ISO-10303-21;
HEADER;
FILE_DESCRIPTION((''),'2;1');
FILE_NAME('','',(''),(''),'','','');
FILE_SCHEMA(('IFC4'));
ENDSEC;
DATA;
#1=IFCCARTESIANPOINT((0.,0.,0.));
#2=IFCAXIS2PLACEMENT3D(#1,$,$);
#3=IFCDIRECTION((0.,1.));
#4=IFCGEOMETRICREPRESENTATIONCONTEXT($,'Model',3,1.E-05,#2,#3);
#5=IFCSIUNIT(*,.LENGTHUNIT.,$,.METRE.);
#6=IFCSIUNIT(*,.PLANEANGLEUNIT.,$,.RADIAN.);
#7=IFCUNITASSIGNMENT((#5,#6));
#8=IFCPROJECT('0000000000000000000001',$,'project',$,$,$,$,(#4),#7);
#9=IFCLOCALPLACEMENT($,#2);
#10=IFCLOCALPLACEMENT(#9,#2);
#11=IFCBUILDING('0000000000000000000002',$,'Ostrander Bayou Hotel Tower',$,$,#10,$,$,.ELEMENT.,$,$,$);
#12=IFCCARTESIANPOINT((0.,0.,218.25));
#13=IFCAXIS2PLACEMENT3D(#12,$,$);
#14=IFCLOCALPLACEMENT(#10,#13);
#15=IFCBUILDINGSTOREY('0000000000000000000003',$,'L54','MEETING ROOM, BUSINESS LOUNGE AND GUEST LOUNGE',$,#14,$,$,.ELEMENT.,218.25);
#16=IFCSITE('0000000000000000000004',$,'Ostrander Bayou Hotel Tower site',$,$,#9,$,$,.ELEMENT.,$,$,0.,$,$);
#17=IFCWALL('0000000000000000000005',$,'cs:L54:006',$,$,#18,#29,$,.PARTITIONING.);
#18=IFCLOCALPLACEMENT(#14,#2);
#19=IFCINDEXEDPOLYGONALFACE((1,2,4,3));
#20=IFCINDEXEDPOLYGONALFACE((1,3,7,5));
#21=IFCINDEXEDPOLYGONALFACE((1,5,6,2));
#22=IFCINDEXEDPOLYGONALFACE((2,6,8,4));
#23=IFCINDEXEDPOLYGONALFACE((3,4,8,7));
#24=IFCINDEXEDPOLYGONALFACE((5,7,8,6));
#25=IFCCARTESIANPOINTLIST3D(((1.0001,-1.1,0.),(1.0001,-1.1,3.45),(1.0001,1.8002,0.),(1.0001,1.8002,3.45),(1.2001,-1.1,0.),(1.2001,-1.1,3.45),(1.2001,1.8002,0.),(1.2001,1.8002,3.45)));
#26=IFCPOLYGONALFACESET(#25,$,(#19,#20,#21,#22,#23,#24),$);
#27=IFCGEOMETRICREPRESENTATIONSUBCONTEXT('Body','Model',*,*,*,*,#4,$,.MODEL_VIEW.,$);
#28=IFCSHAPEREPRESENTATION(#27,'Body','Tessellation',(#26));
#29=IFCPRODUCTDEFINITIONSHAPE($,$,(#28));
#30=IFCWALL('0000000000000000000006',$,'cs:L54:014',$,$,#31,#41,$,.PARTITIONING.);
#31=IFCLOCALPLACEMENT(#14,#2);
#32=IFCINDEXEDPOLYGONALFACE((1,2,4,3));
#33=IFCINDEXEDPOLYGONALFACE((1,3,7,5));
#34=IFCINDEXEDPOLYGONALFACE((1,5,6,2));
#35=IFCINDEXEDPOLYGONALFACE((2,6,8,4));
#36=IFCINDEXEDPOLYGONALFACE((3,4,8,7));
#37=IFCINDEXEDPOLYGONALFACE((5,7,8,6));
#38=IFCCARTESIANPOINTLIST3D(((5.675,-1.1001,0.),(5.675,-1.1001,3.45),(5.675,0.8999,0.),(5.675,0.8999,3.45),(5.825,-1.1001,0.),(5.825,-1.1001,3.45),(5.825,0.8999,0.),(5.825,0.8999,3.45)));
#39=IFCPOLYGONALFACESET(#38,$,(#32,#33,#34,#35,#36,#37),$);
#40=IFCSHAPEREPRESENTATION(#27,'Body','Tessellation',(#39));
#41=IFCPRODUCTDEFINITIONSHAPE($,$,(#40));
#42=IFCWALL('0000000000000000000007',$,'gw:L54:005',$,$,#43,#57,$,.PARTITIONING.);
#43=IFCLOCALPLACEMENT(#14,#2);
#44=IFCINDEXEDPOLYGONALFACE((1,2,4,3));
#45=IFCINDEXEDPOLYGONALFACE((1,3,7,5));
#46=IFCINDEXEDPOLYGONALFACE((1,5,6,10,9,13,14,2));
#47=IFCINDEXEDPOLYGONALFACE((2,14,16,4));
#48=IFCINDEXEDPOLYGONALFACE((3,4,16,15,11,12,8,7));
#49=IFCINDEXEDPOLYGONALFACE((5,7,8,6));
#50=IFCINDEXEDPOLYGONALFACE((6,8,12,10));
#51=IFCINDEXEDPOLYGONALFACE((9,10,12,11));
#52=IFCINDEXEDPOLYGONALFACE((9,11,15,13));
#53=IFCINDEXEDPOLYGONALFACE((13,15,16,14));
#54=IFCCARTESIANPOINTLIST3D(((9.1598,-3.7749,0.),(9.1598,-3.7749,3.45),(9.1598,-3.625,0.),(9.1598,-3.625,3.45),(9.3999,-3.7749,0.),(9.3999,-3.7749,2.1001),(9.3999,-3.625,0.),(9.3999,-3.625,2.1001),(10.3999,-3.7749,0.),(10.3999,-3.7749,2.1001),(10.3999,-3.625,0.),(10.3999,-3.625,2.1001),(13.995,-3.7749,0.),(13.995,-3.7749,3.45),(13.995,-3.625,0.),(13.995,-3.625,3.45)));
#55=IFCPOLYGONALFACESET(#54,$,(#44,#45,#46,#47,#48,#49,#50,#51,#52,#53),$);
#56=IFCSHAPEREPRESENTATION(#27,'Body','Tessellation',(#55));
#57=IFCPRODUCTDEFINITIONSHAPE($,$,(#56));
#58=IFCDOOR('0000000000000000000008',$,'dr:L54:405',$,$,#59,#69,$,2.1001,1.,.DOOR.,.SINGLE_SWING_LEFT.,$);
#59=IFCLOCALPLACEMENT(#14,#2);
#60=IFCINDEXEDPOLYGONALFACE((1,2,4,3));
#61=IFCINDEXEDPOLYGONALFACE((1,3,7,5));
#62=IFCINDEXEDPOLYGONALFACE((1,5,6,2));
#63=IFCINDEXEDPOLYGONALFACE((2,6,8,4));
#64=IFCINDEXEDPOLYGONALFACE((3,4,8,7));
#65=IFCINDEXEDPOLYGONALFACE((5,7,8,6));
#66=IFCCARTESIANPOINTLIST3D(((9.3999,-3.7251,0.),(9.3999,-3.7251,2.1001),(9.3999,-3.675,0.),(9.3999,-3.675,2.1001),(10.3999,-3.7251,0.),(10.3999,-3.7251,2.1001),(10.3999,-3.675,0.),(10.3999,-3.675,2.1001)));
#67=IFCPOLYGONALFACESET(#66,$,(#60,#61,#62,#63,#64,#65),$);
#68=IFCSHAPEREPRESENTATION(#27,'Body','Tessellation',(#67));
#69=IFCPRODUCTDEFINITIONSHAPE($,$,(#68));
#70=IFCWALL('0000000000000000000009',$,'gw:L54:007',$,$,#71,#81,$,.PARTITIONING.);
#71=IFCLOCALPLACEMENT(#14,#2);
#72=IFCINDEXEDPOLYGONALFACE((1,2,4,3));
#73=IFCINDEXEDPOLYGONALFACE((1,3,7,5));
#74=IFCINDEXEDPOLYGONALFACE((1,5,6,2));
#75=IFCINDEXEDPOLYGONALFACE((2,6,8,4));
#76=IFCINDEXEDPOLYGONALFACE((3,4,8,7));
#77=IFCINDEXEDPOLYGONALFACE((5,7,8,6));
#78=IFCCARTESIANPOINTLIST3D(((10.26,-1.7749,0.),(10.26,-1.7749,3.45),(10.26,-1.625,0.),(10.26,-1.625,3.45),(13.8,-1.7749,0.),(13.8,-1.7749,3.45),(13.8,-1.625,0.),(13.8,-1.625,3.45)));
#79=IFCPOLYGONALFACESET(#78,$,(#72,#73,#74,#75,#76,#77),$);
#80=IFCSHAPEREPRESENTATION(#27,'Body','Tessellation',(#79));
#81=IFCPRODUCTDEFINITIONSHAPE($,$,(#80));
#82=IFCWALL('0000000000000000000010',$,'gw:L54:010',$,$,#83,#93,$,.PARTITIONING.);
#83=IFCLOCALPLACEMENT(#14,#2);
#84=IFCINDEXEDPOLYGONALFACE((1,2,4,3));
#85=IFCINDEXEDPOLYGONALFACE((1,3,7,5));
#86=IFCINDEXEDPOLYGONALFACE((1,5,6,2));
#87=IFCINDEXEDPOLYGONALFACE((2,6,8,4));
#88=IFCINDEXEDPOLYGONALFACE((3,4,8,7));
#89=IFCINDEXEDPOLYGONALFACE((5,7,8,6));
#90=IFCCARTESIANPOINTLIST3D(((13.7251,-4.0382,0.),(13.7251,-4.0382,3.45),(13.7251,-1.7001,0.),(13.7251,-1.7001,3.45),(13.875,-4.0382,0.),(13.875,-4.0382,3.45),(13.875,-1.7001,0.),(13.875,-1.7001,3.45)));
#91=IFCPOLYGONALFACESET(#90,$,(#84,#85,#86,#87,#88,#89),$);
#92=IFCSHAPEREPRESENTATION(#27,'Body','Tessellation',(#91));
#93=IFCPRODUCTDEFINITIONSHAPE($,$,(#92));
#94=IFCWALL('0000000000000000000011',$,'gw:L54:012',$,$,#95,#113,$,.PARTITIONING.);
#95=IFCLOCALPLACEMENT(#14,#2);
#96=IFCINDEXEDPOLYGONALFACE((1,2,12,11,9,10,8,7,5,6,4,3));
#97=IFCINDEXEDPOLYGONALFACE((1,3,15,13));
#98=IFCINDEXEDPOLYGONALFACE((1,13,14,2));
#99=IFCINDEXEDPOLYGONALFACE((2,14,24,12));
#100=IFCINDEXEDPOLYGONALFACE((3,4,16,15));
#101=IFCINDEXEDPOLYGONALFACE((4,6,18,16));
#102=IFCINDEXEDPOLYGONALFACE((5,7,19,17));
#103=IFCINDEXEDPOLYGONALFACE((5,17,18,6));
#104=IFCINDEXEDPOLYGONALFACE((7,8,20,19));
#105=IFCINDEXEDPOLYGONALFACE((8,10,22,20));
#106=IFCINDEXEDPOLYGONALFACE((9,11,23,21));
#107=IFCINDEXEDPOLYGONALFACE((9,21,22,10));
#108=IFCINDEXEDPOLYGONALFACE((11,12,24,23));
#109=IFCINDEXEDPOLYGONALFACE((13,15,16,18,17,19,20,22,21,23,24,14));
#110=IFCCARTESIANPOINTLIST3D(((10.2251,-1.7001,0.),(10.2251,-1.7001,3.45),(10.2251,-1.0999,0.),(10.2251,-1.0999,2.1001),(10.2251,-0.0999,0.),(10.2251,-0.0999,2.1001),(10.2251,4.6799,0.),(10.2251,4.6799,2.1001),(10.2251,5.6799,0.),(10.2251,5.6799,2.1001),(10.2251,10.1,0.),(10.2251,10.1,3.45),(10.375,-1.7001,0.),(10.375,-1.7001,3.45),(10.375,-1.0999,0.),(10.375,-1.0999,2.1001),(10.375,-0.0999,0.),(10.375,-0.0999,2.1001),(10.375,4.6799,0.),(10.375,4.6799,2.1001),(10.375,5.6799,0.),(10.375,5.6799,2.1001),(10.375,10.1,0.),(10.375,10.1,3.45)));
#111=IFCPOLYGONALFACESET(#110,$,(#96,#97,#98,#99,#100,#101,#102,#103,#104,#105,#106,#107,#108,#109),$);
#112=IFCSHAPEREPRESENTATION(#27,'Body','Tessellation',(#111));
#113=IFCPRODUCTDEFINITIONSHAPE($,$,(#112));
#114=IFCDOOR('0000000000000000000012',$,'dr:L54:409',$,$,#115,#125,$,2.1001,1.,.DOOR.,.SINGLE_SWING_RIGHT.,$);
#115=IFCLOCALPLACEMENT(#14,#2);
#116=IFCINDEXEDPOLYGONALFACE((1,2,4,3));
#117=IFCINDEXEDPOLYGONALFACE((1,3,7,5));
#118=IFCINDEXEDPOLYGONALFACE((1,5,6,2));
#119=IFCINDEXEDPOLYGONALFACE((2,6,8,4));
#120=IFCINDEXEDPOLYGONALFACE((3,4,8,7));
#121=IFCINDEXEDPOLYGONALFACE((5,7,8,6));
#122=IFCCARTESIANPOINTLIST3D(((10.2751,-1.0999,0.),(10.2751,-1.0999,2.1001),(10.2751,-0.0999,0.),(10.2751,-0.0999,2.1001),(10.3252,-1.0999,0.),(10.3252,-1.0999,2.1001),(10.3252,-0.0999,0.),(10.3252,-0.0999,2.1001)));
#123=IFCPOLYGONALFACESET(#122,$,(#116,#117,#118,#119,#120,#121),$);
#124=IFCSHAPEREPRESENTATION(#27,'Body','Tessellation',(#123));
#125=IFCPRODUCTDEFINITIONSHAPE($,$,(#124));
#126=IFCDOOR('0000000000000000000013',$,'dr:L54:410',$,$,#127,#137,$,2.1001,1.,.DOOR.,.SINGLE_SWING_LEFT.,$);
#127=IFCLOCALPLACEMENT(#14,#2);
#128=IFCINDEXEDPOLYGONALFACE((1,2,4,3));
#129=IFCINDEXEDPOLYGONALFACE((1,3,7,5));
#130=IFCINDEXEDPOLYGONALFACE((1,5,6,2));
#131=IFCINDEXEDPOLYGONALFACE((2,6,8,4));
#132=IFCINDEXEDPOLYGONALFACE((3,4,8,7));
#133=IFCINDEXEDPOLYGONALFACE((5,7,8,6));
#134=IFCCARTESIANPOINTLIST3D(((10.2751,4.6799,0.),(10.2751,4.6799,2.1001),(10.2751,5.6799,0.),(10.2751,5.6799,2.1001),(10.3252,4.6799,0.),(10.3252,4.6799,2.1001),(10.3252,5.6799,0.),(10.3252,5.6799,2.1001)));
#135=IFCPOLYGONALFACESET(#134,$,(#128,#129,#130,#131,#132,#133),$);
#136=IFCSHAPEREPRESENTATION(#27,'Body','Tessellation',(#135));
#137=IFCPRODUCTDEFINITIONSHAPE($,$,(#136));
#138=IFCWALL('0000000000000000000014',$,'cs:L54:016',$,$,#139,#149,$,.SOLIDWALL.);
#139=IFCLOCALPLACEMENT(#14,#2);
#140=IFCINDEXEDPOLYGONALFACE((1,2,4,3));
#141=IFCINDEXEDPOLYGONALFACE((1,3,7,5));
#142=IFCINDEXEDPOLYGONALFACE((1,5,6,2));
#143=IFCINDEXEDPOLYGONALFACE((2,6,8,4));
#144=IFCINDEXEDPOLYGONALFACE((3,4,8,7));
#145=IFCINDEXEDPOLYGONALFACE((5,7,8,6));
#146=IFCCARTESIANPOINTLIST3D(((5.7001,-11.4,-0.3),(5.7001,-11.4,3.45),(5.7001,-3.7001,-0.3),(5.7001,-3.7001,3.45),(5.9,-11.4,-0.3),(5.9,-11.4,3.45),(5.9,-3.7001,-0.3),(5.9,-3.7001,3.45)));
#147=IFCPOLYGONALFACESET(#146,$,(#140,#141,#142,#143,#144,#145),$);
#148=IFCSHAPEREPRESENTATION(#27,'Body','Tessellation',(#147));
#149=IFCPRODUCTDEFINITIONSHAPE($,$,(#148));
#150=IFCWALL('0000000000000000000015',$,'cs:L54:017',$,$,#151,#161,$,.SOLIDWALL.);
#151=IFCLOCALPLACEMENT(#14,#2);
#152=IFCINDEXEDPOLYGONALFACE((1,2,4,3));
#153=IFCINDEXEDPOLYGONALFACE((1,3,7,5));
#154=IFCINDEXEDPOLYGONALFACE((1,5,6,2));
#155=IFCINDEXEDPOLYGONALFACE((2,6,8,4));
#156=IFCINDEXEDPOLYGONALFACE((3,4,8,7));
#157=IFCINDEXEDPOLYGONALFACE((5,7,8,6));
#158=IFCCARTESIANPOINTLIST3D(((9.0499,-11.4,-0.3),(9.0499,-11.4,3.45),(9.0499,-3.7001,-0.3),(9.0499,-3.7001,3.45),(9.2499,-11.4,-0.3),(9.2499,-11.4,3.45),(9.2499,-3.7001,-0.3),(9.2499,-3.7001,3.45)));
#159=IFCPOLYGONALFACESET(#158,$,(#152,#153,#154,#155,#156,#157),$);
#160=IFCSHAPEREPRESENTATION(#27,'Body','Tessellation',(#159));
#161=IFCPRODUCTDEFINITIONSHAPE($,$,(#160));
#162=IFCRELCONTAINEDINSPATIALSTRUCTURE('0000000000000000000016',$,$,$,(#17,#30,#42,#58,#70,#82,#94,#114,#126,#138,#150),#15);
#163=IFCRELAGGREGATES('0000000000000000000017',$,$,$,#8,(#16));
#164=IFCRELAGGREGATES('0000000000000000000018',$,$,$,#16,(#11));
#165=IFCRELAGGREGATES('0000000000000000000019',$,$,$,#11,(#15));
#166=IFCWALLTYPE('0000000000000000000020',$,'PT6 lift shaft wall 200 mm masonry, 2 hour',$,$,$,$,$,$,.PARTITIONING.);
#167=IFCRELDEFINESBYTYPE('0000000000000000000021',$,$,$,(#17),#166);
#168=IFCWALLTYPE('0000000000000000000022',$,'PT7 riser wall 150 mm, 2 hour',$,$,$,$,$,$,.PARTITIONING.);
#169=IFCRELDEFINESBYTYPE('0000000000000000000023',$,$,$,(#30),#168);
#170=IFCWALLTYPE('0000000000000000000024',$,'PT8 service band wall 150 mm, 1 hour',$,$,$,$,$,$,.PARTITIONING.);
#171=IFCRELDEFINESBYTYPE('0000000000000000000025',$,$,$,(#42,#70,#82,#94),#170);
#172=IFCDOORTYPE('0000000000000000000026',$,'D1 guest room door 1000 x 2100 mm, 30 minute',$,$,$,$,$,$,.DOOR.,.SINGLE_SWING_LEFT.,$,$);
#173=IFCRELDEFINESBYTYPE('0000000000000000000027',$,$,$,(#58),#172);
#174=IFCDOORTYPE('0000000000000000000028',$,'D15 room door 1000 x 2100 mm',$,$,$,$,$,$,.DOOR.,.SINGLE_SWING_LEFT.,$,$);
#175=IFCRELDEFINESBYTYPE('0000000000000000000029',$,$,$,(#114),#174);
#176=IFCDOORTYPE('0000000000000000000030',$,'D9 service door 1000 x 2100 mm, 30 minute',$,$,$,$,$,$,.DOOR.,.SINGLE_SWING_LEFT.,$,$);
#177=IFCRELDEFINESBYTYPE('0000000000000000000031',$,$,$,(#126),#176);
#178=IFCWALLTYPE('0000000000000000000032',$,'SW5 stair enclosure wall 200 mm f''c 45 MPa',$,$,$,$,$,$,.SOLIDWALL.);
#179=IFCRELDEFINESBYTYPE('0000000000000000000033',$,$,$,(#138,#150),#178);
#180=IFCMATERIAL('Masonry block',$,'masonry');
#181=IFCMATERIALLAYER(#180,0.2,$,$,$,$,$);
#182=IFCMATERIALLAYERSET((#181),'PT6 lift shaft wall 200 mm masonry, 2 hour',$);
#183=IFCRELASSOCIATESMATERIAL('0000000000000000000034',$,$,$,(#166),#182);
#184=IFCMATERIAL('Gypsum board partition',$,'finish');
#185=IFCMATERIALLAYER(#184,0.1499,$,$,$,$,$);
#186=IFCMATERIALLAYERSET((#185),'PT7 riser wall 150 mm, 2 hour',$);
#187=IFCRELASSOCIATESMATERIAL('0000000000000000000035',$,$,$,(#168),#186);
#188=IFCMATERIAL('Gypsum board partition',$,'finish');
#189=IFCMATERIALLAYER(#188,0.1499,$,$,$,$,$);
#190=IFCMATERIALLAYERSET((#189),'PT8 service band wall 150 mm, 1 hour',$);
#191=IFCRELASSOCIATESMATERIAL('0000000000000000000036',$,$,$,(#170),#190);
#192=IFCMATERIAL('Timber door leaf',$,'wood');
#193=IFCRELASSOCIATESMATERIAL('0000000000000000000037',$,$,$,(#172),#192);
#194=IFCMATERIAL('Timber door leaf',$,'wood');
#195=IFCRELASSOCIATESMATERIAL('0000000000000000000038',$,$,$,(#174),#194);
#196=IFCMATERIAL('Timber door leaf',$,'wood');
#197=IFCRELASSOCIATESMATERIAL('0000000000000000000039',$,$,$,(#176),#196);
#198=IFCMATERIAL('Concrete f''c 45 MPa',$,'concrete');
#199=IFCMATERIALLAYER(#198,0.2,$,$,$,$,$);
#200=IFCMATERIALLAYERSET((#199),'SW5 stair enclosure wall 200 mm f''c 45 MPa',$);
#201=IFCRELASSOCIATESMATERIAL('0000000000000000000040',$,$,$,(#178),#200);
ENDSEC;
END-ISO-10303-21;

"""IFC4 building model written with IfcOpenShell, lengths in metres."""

from ifc_helpers import new_model, si_unit, direction, frame, frame_2d, origin, place, context, subcontext, project, spatial, rectangle, extrude, material, layer, layer_set, type_object, element, fill, save


model = new_model("IFC4")

# Units and contexts
model_context = context("Model", 3, precision=1e-05, world=origin(), true_north=direction((0.0, 1.0)))
body_context = subcontext(model_context, "Body", "Model", "MODEL_VIEW")
ifc_project = project(units=[si_unit("LENGTHUNIT", "METRE"), si_unit("PLANEANGLEUNIT", "RADIAN")], contexts=[model_context])

# Site, building, storey
site_placement = place(None, origin())
site = spatial("IfcSite", under=ifc_project, at=site_placement, Name="Ostrander Bayou Hotel Tower site", CompositionType="ELEMENT", RefElevation=0.0)
building_placement = place(site_placement, origin())
building = spatial("IfcBuilding", under=site, at=building_placement, Name="Ostrander Bayou Hotel Tower", CompositionType="ELEMENT")
storey_placement = place(building_placement, frame((0.0, 0.0, 218.25)))
storey = spatial("IfcBuildingStorey", under=building, at=storey_placement, Name="L54", Description="MEETING ROOM, BUSINESS LOUNGE AND GUEST LOUNGE", CompositionType="ELEMENT", Elevation=218.25)

# Walls
ifc_material_1 = material(Name="Masonry block", Category="masonry")
ifc_layer_1 = layer(ifc_material_1, 0.2)
ifc_layer_set_1 = layer_set([ifc_layer_1], Name="PT6 lift shaft wall 200 mm masonry, 2 hour")
wall_type_1 = type_object("IfcWallType", Name="PT6 lift shaft wall 200 mm masonry, 2 hour", PredefinedType="PARTITIONING", material=ifc_layer_set_1)
wall_1_placement = place(storey_placement, frame((1.1001, -1.1001, 0.0), z_axis=(0.0, 0.0, 1.0), x_axis=(0.0, 1.0, 0.0)))
element("IfcWall", 1, at=wall_1_placement, inside=storey, type_object=wall_type_1, Name="cs:L54:006", PredefinedType="PARTITIONING", context=body_context, shape_type="SweptSolid", body=[
    extrude(rectangle(XDim=2.9001, YDim=0.2, at=frame_2d((1.4502, 0.0))), origin(), (0.0, 0.0, 1.0), 3.45),
])
ifc_material_2 = material(Name="Gypsum board partition", Category="finish")
ifc_layer_2 = layer(ifc_material_2, 0.1499)
ifc_layer_set_2 = layer_set([ifc_layer_2], Name="PT7 riser wall 150 mm, 2 hour")
wall_type_2 = type_object("IfcWallType", Name="PT7 riser wall 150 mm, 2 hour", PredefinedType="PARTITIONING", material=ifc_layer_set_2)
wall_2_placement = place(storey_placement, frame((5.75, -1.1001, 0.0), z_axis=(0.0, 0.0, 1.0), x_axis=(0.0, 1.0, 0.0)))
element("IfcWall", 2, at=wall_2_placement, inside=storey, type_object=wall_type_2, Name="cs:L54:014", PredefinedType="PARTITIONING", context=body_context, shape_type="SweptSolid", body=[
    extrude(rectangle(XDim=2.0, YDim=0.1499, at=frame_2d((1.0, 0.0))), origin(), (0.0, 0.0, 1.0), 3.45),
])

# Wall, opening, door
ifc_material_3 = material(Name="Gypsum board partition", Category="finish")
ifc_layer_3 = layer(ifc_material_3, 0.1499)
ifc_layer_set_3 = layer_set([ifc_layer_3], Name="PT8 service band wall 150 mm, 1 hour")
wall_type_3 = type_object("IfcWallType", Name="PT8 service band wall 150 mm, 1 hour", PredefinedType="PARTITIONING", material=ifc_layer_set_3)
wall_3_placement = place(storey_placement, frame((9.1599, -3.7, 0.0), z_axis=(0.0, 0.0, 1.0), x_axis=(1.0, 0.0, 0.0)))
wall_3 = element("IfcWall", 3, at=wall_3_placement, inside=storey, type_object=wall_type_3, Name="gw:L54:005", PredefinedType="PARTITIONING", context=body_context, shape_type="SweptSolid", body=[
    extrude(rectangle(XDim=4.8352, YDim=0.1499, at=frame_2d((2.4175, 0.0))), origin(), (0.0, 0.0, 1.0), 3.45),
])
opening_1_placement = place(wall_3_placement, frame((0.24, 0.0, 0.0)))
opening_1 = element("IfcOpeningElement", 4, at=opening_1_placement, cuts=wall_3, PredefinedType="OPENING", context=body_context, shape_type="SweptSolid", body=[
    extrude(rectangle(XDim=1.0, YDim=2.1001, at=frame_2d((0.5, 1.05))), frame((0.0, 0.075, 0.0), z_axis=(0.0, -1.0, 0.0), x_axis=(1.0, 0.0, 0.0)), (0.0, 0.0, 1.0), 0.1499),
])
ifc_material_4 = material(Name="Timber door leaf", Category="wood")
door_type_1 = type_object("IfcDoorType", Name="D1 guest room door 1000 x 2100 mm, 30 minute", OperationType="SINGLE_SWING_LEFT", PredefinedType="DOOR", material=ifc_material_4)
door_1_placement = place(opening_1_placement, origin())
door_1 = element("IfcDoor", 5, at=door_1_placement, inside=storey, type_object=door_type_1, Name="dr:L54:405", OperationType="SINGLE_SWING_LEFT", OverallHeight=2.1001, OverallWidth=1.0, PredefinedType="DOOR", context=body_context, shape_type="SweptSolid", body=[
    extrude(rectangle(XDim=1.0, YDim=2.1001, at=frame_2d((0.5, 1.05))), frame((0.0, 0.0249, 0.0), z_axis=(0.0, -1.0, 0.0), x_axis=(1.0, 0.0, 0.0)), (0.0, 0.0, 1.0), 0.05),
])
fill(opening_1, door_1)

# Walls
wall_4_placement = place(storey_placement, frame((10.26, -1.7, 0.0), z_axis=(0.0, 0.0, 1.0), x_axis=(1.0, 0.0, 0.0)))
element("IfcWall", 6, at=wall_4_placement, inside=storey, type_object=wall_type_3, Name="gw:L54:007", PredefinedType="PARTITIONING", context=body_context, shape_type="SweptSolid", body=[
    extrude(rectangle(XDim=3.54, YDim=0.1499, at=frame_2d((1.77, 0.0))), origin(), (0.0, 0.0, 1.0), 3.45),
])
wall_5_placement = place(storey_placement, frame((13.8, -4.0381, 0.0), z_axis=(0.0, 0.0, 1.0), x_axis=(0.0, 1.0, 0.0)))
element("IfcWall", 7, at=wall_5_placement, inside=storey, type_object=wall_type_3, Name="gw:L54:010", PredefinedType="PARTITIONING", context=body_context, shape_type="SweptSolid", body=[
    extrude(rectangle(XDim=2.3381, YDim=0.1499, at=frame_2d((1.1689, 0.0))), origin(), (0.0, 0.0, 1.0), 3.45),
])

# Wall, openings, doors
wall_6_placement = place(storey_placement, frame((10.3, -1.7, 0.0), z_axis=(0.0, 0.0, 1.0), x_axis=(0.0, 1.0, 0.0)))
wall_6 = element("IfcWall", 8, at=wall_6_placement, inside=storey, type_object=wall_type_3, Name="gw:L54:012", PredefinedType="PARTITIONING", context=body_context, shape_type="SweptSolid", body=[
    extrude(rectangle(XDim=11.8, YDim=0.1499, at=frame_2d((5.8999, 0.0))), origin(), (0.0, 0.0, 1.0), 3.45),
])
opening_2_placement = place(wall_6_placement, frame((0.6001, 0.0, 0.0)))
opening_2 = element("IfcOpeningElement", 9, at=opening_2_placement, cuts=wall_6, PredefinedType="OPENING", context=body_context, shape_type="SweptSolid", body=[
    extrude(rectangle(XDim=1.0, YDim=2.1001, at=frame_2d((0.5, 1.05))), frame((0.0, 0.075, 0.0), z_axis=(0.0, -1.0, 0.0), x_axis=(1.0, 0.0, 0.0)), (0.0, 0.0, 1.0), 0.1499),
])
opening_3_placement = place(wall_6_placement, frame((6.3799, 0.0, 0.0)))
opening_3 = element("IfcOpeningElement", 10, at=opening_3_placement, cuts=wall_6, PredefinedType="OPENING", context=body_context, shape_type="SweptSolid", body=[
    extrude(rectangle(XDim=1.0, YDim=2.1001, at=frame_2d((0.5, 1.05))), frame((0.0, 0.075, 0.0), z_axis=(0.0, -1.0, 0.0), x_axis=(1.0, 0.0, 0.0)), (0.0, 0.0, 1.0), 0.1499),
])
ifc_material_5 = material(Name="Timber door leaf", Category="wood")
door_type_2 = type_object("IfcDoorType", Name="D15 room door 1000 x 2100 mm", OperationType="SINGLE_SWING_LEFT", PredefinedType="DOOR", material=ifc_material_5)
door_2_placement = place(opening_2_placement, origin())
door_2 = element("IfcDoor", 11, at=door_2_placement, inside=storey, type_object=door_type_2, Name="dr:L54:409", OperationType="SINGLE_SWING_RIGHT", OverallHeight=2.1001, OverallWidth=1.0, PredefinedType="DOOR", context=body_context, shape_type="SweptSolid", body=[
    extrude(rectangle(XDim=1.0, YDim=2.1001, at=frame_2d((0.5, 1.05))), frame((0.0, 0.0249, 0.0), z_axis=(0.0, -1.0, 0.0), x_axis=(1.0, 0.0, 0.0)), (0.0, 0.0, 1.0), 0.05),
])
fill(opening_2, door_2)
ifc_material_6 = material(Name="Timber door leaf", Category="wood")
door_type_3 = type_object("IfcDoorType", Name="D9 service door 1000 x 2100 mm, 30 minute", OperationType="SINGLE_SWING_LEFT", PredefinedType="DOOR", material=ifc_material_6)
door_3_placement = place(opening_3_placement, origin())
door_3 = element("IfcDoor", 12, at=door_3_placement, inside=storey, type_object=door_type_3, Name="dr:L54:410", OperationType="SINGLE_SWING_LEFT", OverallHeight=2.1001, OverallWidth=1.0, PredefinedType="DOOR", context=body_context, shape_type="SweptSolid", body=[
    extrude(rectangle(XDim=1.0, YDim=2.1001, at=frame_2d((0.5, 1.05))), frame((0.0, 0.0249, 0.0), z_axis=(0.0, -1.0, 0.0), x_axis=(1.0, 0.0, 0.0)), (0.0, 0.0, 1.0), 0.05),
])
fill(opening_3, door_3)

# Shared definitions
ifc_material_7 = material(Name="Concrete f'c 45 MPa", Category="concrete")
ifc_layer_4 = layer(ifc_material_7, 0.2)
ifc_layer_set_4 = layer_set([ifc_layer_4], Name="SW5 stair enclosure wall 200 mm f'c 45 MPa")
wall_type_4 = type_object("IfcWallType", Name="SW5 stair enclosure wall 200 mm f'c 45 MPa", PredefinedType="SOLIDWALL", material=ifc_layer_set_4)

# Walls
for number, where, z_axis, x_axis, name in (
    (13, (5.8, -3.7, -0.3), (0.0, 0.0, 1.0), (0.0, -1.0, 0.0), "cs:L54:016"),
    (14, (9.1499, -3.7, -0.3), (0.0, 0.0, 1.0), (0.0, -1.0, 0.0), "cs:L54:017"),
):
    element("IfcWall", number, at=place(storey_placement, frame(where, z_axis=z_axis, x_axis=x_axis)), inside=storey, type_object=wall_type_4, Name=name, PredefinedType="SOLIDWALL", context=body_context, shape_type="SweptSolid", body=[
        extrude(rectangle(XDim=7.7, YDim=0.2, at=frame_2d((3.8501, 0.0))), origin(), (0.0, 0.0, 1.0), 3.75),
    ])

save(model, "model.ifc")
